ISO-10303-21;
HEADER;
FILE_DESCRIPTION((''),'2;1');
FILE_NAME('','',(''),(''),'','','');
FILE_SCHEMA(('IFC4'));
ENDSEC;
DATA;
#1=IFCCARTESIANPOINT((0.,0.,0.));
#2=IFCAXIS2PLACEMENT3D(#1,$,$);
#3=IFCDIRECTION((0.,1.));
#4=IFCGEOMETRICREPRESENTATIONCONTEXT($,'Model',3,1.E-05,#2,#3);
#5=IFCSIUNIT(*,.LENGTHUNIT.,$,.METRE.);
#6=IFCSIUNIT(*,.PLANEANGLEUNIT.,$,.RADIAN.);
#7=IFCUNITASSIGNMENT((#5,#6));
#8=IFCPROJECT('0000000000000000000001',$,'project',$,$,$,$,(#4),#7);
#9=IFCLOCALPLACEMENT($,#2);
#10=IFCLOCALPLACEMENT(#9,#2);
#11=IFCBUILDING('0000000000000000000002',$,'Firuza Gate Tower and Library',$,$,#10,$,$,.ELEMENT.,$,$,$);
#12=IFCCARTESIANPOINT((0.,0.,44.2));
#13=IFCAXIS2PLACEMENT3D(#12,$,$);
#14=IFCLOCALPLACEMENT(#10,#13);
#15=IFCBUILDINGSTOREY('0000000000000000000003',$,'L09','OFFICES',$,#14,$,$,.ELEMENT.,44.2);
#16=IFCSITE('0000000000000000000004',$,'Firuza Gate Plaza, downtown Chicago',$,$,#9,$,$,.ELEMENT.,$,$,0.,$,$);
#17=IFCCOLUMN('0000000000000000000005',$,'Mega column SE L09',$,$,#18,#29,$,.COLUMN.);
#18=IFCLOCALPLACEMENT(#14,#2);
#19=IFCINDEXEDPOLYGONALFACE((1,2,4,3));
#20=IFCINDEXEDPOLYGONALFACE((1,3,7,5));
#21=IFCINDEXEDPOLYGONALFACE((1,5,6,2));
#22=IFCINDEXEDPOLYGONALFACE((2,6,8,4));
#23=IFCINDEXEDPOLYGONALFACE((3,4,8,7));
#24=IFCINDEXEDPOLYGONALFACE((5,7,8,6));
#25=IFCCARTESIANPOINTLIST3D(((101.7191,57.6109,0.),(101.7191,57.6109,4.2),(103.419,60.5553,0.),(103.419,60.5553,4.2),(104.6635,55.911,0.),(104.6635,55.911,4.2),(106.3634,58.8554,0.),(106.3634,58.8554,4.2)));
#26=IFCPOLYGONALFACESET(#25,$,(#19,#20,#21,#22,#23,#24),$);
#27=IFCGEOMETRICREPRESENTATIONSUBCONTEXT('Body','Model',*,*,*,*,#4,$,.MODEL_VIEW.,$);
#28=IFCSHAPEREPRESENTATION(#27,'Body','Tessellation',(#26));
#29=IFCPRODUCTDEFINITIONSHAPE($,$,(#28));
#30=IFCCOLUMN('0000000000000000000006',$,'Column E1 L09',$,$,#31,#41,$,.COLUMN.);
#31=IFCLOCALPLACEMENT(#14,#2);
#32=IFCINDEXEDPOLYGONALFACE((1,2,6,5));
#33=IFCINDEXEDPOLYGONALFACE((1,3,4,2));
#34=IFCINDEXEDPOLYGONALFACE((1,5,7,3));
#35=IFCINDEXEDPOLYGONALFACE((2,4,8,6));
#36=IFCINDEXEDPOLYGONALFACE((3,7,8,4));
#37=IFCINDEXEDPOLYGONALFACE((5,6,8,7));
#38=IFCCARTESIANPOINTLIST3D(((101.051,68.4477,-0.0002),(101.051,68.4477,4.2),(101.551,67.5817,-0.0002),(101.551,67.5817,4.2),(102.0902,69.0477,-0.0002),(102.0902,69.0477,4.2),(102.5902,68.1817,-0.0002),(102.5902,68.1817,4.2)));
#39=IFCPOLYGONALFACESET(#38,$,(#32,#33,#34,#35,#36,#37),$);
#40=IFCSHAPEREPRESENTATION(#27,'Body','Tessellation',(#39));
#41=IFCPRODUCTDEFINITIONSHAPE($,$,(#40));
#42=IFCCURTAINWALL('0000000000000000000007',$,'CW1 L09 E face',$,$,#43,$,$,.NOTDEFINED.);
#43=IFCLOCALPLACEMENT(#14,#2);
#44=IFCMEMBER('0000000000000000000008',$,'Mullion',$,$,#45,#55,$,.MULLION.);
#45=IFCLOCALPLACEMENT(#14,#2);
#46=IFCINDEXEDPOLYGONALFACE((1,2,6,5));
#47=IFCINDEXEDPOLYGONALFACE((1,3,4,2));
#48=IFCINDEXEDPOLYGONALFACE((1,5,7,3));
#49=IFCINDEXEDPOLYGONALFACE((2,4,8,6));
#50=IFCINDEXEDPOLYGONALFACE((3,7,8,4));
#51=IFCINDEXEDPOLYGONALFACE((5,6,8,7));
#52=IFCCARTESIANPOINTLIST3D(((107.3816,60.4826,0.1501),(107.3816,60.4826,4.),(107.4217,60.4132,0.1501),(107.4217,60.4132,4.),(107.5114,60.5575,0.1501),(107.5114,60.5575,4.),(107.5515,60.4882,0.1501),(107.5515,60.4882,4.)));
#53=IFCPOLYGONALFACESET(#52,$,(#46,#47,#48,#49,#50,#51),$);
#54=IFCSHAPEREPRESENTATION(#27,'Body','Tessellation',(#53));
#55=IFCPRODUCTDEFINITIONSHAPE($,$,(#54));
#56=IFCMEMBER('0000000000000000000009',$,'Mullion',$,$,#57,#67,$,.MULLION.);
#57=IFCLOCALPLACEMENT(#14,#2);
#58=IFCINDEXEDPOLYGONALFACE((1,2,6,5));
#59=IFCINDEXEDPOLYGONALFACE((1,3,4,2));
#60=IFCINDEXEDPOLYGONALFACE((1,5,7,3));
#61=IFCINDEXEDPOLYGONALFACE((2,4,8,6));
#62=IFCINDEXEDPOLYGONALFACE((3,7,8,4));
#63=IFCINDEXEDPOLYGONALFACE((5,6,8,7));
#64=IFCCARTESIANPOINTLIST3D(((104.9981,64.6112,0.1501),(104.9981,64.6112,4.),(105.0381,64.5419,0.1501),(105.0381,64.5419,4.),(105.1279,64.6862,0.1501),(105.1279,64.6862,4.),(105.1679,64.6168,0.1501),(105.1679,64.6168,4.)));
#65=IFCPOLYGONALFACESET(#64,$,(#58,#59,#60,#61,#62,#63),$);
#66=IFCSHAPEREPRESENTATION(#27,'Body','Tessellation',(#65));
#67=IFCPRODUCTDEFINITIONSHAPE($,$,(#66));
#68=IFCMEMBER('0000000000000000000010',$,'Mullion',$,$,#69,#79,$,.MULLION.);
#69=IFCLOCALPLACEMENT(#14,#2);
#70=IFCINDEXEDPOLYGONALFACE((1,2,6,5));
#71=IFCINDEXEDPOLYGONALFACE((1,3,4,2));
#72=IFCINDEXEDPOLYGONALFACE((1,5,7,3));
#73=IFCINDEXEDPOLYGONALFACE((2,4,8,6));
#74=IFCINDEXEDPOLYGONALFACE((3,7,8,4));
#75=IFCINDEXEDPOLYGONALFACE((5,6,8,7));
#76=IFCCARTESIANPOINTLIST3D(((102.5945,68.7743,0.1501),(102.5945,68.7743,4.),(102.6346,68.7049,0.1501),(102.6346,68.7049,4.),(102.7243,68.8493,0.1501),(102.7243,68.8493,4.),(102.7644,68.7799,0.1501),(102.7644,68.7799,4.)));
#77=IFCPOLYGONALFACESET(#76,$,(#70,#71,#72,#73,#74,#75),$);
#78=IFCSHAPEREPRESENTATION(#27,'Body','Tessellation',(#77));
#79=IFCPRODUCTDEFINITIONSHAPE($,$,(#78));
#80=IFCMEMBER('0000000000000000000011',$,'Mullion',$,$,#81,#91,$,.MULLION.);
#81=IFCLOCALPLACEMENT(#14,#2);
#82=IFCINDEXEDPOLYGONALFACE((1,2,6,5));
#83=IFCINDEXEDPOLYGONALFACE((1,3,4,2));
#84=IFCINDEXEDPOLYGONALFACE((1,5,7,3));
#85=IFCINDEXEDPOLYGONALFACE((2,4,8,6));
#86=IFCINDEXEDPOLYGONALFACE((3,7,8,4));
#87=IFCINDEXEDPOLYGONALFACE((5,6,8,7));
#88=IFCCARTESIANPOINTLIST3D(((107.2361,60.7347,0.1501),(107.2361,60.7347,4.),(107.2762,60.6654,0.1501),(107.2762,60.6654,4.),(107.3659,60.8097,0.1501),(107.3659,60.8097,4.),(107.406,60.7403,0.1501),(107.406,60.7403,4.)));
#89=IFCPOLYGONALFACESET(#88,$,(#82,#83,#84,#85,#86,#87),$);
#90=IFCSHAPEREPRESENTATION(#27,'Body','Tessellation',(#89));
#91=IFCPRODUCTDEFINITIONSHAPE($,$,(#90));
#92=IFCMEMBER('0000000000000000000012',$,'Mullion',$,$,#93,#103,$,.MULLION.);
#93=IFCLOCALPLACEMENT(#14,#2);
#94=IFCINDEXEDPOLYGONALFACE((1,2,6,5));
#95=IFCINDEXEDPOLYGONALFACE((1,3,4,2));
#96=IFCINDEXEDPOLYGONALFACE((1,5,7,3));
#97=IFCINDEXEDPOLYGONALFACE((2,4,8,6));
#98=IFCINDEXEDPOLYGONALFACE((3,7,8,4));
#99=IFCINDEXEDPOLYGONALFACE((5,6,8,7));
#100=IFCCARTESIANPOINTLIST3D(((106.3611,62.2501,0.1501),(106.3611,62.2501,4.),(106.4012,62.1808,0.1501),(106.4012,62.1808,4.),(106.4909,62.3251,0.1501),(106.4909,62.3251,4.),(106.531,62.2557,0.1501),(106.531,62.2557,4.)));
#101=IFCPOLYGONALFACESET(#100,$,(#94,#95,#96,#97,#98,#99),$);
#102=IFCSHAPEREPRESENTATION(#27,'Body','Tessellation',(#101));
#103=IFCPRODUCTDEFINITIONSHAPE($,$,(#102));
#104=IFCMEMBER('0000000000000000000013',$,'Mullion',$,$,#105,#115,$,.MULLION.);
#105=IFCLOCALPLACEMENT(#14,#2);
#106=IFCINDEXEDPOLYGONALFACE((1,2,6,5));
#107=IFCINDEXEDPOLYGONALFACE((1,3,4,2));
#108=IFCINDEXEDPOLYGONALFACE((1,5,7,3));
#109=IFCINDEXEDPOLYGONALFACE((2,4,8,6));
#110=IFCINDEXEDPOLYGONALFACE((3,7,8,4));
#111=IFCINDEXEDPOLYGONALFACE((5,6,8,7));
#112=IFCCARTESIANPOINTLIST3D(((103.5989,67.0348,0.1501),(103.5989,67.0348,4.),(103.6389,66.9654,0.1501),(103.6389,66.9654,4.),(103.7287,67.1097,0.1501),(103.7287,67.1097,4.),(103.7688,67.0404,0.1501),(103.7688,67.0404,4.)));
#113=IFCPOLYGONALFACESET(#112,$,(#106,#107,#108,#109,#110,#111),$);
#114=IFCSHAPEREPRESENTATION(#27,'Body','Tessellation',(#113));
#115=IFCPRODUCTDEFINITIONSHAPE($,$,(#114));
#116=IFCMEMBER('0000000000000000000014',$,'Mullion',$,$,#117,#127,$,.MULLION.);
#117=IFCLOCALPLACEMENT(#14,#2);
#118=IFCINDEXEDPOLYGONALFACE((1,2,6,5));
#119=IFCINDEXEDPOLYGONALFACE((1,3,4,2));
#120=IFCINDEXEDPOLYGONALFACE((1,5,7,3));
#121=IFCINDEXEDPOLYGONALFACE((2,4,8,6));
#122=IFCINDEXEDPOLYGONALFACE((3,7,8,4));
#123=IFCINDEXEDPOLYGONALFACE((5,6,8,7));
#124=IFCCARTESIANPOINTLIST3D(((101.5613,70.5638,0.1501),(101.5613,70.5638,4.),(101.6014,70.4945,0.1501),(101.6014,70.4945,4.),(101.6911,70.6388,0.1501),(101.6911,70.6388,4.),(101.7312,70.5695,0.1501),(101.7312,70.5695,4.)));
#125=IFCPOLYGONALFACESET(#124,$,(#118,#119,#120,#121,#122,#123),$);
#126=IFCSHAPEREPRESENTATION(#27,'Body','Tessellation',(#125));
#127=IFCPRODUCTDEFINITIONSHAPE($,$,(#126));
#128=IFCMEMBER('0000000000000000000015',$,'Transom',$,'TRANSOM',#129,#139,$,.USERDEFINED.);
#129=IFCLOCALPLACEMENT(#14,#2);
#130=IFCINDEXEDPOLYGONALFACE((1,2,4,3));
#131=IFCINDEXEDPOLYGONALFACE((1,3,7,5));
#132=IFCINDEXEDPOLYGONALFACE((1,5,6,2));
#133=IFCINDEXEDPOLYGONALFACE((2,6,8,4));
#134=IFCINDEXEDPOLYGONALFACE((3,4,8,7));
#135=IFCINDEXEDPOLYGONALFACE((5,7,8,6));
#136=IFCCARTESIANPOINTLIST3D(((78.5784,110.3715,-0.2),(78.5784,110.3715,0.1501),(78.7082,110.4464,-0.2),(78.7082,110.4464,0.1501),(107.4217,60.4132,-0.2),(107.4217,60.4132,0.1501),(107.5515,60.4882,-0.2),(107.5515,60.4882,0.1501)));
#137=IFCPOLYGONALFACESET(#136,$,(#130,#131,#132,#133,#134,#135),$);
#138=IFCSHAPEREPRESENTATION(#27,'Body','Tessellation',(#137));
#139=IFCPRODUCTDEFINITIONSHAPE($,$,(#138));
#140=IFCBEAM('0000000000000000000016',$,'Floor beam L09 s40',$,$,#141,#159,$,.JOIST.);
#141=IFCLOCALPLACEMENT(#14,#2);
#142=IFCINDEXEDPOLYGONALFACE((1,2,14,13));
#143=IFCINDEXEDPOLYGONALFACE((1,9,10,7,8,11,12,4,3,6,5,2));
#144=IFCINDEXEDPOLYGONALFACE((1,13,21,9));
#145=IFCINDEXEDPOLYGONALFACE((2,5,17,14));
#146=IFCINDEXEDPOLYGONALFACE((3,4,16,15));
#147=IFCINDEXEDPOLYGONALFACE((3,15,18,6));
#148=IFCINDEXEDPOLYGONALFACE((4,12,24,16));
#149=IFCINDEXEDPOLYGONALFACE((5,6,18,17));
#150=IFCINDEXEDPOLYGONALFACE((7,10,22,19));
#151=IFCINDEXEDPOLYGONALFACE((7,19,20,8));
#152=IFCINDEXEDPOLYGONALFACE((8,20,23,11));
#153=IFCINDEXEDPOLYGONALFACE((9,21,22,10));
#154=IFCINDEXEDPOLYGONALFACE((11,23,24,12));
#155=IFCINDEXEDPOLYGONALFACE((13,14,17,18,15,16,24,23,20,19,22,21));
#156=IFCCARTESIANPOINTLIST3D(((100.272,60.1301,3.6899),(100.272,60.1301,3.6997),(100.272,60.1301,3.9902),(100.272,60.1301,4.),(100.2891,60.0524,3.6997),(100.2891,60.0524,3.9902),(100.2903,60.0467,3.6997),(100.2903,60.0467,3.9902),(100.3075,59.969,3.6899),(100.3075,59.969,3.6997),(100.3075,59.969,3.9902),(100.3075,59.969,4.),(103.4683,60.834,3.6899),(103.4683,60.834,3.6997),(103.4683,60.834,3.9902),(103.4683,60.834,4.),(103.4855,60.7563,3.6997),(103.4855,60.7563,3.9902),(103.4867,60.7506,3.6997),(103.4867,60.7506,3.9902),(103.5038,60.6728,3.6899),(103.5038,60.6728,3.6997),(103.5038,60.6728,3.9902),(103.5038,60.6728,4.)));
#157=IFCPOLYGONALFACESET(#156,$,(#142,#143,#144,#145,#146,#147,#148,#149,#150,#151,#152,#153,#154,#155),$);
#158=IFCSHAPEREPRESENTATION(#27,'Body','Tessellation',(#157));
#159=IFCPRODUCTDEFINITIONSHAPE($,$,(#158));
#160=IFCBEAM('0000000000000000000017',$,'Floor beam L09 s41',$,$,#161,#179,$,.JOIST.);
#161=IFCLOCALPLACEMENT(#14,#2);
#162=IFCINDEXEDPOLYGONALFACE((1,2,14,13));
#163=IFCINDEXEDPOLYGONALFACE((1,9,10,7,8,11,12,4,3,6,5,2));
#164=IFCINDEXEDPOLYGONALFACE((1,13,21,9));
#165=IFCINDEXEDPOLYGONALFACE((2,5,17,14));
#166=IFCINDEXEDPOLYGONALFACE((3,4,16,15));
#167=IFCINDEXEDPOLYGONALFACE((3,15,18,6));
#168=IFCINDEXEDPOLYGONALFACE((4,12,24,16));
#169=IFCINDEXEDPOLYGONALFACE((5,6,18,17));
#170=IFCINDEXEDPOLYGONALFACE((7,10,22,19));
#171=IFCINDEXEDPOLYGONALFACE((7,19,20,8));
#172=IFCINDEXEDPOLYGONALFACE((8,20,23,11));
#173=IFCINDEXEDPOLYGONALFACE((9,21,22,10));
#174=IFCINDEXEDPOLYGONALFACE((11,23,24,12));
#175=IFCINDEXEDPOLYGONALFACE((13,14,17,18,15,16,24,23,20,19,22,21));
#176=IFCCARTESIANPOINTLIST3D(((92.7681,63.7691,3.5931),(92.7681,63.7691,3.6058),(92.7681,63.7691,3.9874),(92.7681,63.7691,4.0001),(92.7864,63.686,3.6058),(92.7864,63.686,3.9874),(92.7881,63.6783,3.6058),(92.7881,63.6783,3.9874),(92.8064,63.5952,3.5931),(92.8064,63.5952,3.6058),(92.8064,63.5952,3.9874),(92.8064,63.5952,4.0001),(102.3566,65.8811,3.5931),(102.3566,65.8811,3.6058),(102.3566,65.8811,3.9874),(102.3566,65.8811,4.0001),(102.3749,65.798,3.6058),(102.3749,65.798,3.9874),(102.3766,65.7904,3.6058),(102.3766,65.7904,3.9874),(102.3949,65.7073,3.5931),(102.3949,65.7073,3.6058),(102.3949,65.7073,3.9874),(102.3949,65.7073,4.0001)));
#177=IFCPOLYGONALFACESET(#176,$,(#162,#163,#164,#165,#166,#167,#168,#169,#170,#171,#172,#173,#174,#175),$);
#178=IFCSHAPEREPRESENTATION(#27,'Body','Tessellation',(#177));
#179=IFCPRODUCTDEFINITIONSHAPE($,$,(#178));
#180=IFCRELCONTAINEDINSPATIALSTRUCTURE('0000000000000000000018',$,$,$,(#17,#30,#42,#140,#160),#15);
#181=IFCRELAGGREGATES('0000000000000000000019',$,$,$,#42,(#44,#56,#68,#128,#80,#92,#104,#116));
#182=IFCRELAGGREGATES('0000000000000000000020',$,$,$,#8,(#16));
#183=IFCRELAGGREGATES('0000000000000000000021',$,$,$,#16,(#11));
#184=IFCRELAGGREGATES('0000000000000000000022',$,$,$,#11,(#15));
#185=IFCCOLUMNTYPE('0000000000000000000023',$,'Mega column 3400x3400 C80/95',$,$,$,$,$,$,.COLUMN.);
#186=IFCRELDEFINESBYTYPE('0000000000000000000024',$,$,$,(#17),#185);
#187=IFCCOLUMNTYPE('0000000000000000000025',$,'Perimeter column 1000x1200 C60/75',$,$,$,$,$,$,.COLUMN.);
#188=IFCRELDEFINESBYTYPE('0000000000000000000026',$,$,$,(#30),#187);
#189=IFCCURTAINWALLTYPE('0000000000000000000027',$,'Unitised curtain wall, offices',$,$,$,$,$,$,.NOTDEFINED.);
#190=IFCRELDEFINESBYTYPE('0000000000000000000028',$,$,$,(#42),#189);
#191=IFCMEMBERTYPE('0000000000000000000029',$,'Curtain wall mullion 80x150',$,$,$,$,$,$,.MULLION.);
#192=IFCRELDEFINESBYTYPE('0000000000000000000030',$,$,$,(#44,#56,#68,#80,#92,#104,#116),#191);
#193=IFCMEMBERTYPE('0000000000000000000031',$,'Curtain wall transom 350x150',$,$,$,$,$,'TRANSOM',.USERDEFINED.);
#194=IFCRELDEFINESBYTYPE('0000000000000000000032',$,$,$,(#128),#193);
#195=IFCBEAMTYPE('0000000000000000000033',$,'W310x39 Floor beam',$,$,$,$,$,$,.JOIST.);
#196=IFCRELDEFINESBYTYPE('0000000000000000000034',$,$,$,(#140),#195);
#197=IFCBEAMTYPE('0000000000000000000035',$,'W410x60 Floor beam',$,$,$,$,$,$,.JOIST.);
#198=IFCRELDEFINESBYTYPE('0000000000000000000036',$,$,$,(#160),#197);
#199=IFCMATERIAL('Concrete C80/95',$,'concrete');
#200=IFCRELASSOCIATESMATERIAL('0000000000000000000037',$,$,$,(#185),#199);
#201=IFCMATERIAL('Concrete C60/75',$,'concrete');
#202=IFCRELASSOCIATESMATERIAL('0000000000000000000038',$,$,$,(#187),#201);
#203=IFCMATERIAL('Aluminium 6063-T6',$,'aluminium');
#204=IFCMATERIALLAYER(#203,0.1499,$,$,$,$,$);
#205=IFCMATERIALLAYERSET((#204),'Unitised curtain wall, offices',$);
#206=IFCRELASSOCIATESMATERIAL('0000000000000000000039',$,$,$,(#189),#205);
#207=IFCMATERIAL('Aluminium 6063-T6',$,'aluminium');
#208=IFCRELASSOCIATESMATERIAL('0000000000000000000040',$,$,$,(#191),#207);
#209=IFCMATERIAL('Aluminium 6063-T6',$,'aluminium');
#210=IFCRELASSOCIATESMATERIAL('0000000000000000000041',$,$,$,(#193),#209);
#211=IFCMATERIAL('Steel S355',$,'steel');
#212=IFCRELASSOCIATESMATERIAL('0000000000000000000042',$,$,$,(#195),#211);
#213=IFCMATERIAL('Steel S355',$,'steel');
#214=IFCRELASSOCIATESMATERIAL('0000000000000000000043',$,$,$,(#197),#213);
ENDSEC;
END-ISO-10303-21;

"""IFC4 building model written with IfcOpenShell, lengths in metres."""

from ifc_helpers import new_model, si_unit, direction, frame, origin, origin_2d, place, context, subcontext, project, spatial, rectangle, i_section, extrude, material, layer, layer_set, material_profile, profile_set, type_object, element, aggregate, save


model = new_model("IFC4")

# Units and contexts
model_context = context("Model", 3, precision=1e-05, world=origin(), true_north=direction((0.0, 1.0)))
body_context = subcontext(model_context, "Body", "Model", "MODEL_VIEW")
ifc_project = project(units=[si_unit("LENGTHUNIT", "METRE"), si_unit("PLANEANGLEUNIT", "RADIAN")], contexts=[model_context])

# Site, building, storey
site_placement = place(None, origin())
site = spatial("IfcSite", under=ifc_project, at=site_placement, Name="Firuza Gate Plaza, downtown Chicago", CompositionType="ELEMENT", RefElevation=0.0)
building_placement = place(site_placement, origin())
building = spatial("IfcBuilding", under=site, at=building_placement, Name="Firuza Gate Tower and Library", CompositionType="ELEMENT")
storey_placement = place(building_placement, frame((0.0, 0.0, 44.2)))
storey = spatial("IfcBuildingStorey", under=building, at=storey_placement, Name="L09", Description="OFFICES", CompositionType="ELEMENT", Elevation=44.2)

# Columns
ifc_material_1 = material(Name="Concrete C80/95", Category="concrete")
ifc_material_profile_1 = material_profile(ifc_material_1, rectangle(XDim=3.3999, YDim=3.3999, at=origin_2d()))
ifc_profile_set_1 = profile_set([ifc_material_profile_1], Name="Concrete C80/95")
column_type_1 = type_object("IfcColumnType", Name="Mega column 3400x3400 C80/95", PredefinedType="COLUMN", material=ifc_profile_set_1)
column_1_placement = place(storey_placement, frame((104.0413, 58.2332, 0.0), z_axis=(0.0, 0.0, 1.0), x_axis=(0.5, 0.866025, 0.0)))
element("IfcColumn", 1, at=column_1_placement, inside=storey, type_object=column_type_1, Name="Mega column SE L09", PredefinedType="COLUMN", context=body_context, shape_type="SweptSolid", body=[
    extrude(rectangle(XDim=3.3999, YDim=3.3999, at=origin_2d()), origin(), (0.0, 0.0, 1.0), 4.2),
])
ifc_material_2 = material(Name="Concrete C60/75", Category="concrete")
ifc_material_profile_2 = material_profile(ifc_material_2, rectangle(XDim=1.0, YDim=1.2, at=origin_2d()))
ifc_profile_set_2 = profile_set([ifc_material_profile_2], Name="Concrete C60/75")
column_type_2 = type_object("IfcColumnType", Name="Perimeter column 1000x1200 C60/75", PredefinedType="COLUMN", material=ifc_profile_set_2)
column_2_placement = place(storey_placement, frame((101.8206, 68.3147, -0.0002), z_axis=(0.0, 0.0, 1.0), x_axis=(-0.5, 0.866025, 0.0)))
element("IfcColumn", 2, at=column_2_placement, inside=storey, type_object=column_type_2, Name="Column E1 L09", PredefinedType="COLUMN", context=body_context, shape_type="SweptSolid", body=[
    extrude(rectangle(XDim=1.0, YDim=1.2, at=origin_2d()), origin(), (0.0, 0.0, 1.0), 4.2002),
])

# Curtain wall, members
ifc_material_3 = material(Name="Aluminium 6063-T6", Category="aluminium")
ifc_layer_1 = layer(ifc_material_3, 0.1499)
ifc_layer_set_1 = layer_set([ifc_layer_1], Name="Unitised curtain wall, offices")
curtain_wall_type = type_object("IfcCurtainWallType", Name="Unitised curtain wall, offices", PredefinedType="NOTDEFINED", material=ifc_layer_set_1)
curtain_wall_placement = place(storey_placement, origin())
curtain_wall = element("IfcCurtainWall", 3, at=curtain_wall_placement, inside=storey, type_object=curtain_wall_type, Name="CW1 L09 E face", PredefinedType="NOTDEFINED")
ifc_material_4 = material(Name="Aluminium 6063-T6", Category="aluminium")
ifc_material_profile_3 = material_profile(ifc_material_4, rectangle(XDim=0.1499, YDim=0.0801, at=origin_2d()))
ifc_profile_set_3 = profile_set([ifc_material_profile_3], Name="Aluminium 6063-T6")
member_type_1 = type_object("IfcMemberType", Name="Curtain wall mullion 80x150", PredefinedType="MULLION", material=ifc_profile_set_3)
member_1_placement = place(storey_placement, frame((107.4666, 60.4854, 0.1501), z_axis=(0.0, 0.0, 1.0), x_axis=(-0.866025, -0.5, 0.0)))
member_1 = element("IfcMember", 4, at=member_1_placement, type_object=member_type_1, Name="Mullion", PredefinedType="MULLION", context=body_context, shape_type="SweptSolid", body=[
    extrude(rectangle(XDim=0.1499, YDim=0.0801, at=origin_2d()), origin(), (0.0, 0.0, 1.0), 3.8499),
])
member_2_placement = place(storey_placement, frame((105.083, 64.614, 0.1501), z_axis=(0.0, 0.0, 1.0), x_axis=(-0.866025, -0.5, 0.0)))
member_2 = element("IfcMember", 5, at=member_2_placement, type_object=member_type_1, Name="Mullion", PredefinedType="MULLION", context=body_context, shape_type="SweptSolid", body=[
    extrude(rectangle(XDim=0.1499, YDim=0.0801, at=origin_2d()), origin(), (0.0, 0.0, 1.0), 3.8499),
])
member_3_placement = place(storey_placement, frame((102.6794, 68.7771, 0.1501), z_axis=(0.0, 0.0, 1.0), x_axis=(-0.866025, -0.5, 0.0)))
member_3 = element("IfcMember", 6, at=member_3_placement, type_object=member_type_1, Name="Mullion", PredefinedType="MULLION", context=body_context, shape_type="SweptSolid", body=[
    extrude(rectangle(XDim=0.1499, YDim=0.0801, at=origin_2d()), origin(), (0.0, 0.0, 1.0), 3.8499),
])
member_4_placement = place(storey_placement, frame((107.321, 60.7375, 0.1501), z_axis=(0.0, 0.0, 1.0), x_axis=(-0.866025, -0.5, 0.0)))
member_4 = element("IfcMember", 7, at=member_4_placement, type_object=member_type_1, Name="Mullion", PredefinedType="MULLION", context=body_context, shape_type="SweptSolid", body=[
    extrude(rectangle(XDim=0.1499, YDim=0.0801, at=origin_2d()), origin(), (0.0, 0.0, 1.0), 3.8499),
])
member_5_placement = place(storey_placement, frame((106.446, 62.2529, 0.1501), z_axis=(0.0, 0.0, 1.0), x_axis=(-0.866025, -0.5, 0.0)))
member_5 = element("IfcMember", 8, at=member_5_placement, type_object=member_type_1, Name="Mullion", PredefinedType="MULLION", context=body_context, shape_type="SweptSolid", body=[
    extrude(rectangle(XDim=0.1499, YDim=0.0801, at=origin_2d()), origin(), (0.0, 0.0, 1.0), 3.8499),
])
member_6_placement = place(storey_placement, frame((103.6838, 67.0376, 0.1501), z_axis=(0.0, 0.0, 1.0), x_axis=(-0.866025, -0.5, 0.0)))
member_6 = element("IfcMember", 9, at=member_6_placement, type_object=member_type_1, Name="Mullion", PredefinedType="MULLION", context=body_context, shape_type="SweptSolid", body=[
    extrude(rectangle(XDim=0.1499, YDim=0.0801, at=origin_2d()), origin(), (0.0, 0.0, 1.0), 3.8499),
])
member_7_placement = place(storey_placement, frame((101.6462, 70.5667, 0.1501), z_axis=(0.0, 0.0, 1.0), x_axis=(-0.866025, -0.5, 0.0)))
member_7 = element("IfcMember", 10, at=member_7_placement, type_object=member_type_1, Name="Mullion", PredefinedType="MULLION", context=body_context, shape_type="SweptSolid", body=[
    extrude(rectangle(XDim=0.1499, YDim=0.0801, at=origin_2d()), origin(), (0.0, 0.0, 1.0), 3.8499),
])
ifc_material_5 = material(Name="Aluminium 6063-T6", Category="aluminium")
ifc_material_profile_4 = material_profile(ifc_material_5, rectangle(XDim=0.1499, YDim=0.3501, at=origin_2d()))
ifc_profile_set_4 = profile_set([ifc_material_profile_4], Name="Aluminium 6063-T6")
member_type_2 = type_object("IfcMemberType", Name="Curtain wall transom 350x150", ElementType="TRANSOM", PredefinedType="USERDEFINED", material=ifc_profile_set_4)
member_8_placement = place(storey_placement, frame((107.4866, 60.4507, -0.0249), z_axis=(-0.499998, 0.866027, 0.0), x_axis=(-0.866027, -0.499998, 0.0)))
member_8 = element("IfcMember", 11, at=member_8_placement, type_object=member_type_2, Name="Transom", ObjectType="TRANSOM", PredefinedType="USERDEFINED", context=body_context, shape_type="SweptSolid", body=[
    extrude(rectangle(XDim=0.1499, YDim=0.3501, at=origin_2d()), origin(), (0.0, 0.0, 1.0), 57.6868),
])

# Beams
ifc_material_6 = material(Name="Steel S355", Category="steel")
ifc_material_profile_5 = material_profile(ifc_material_6, i_section(OverallWidth=0.165, OverallDepth=0.3101, WebThickness=0.0059, FlangeThickness=0.0098, at=origin_2d()))
ifc_profile_set_5 = profile_set([ifc_material_profile_5], Name="Steel S355")
beam_type_1 = type_object("IfcBeamType", Name="W310x39 Floor beam", PredefinedType="JOIST", material=ifc_profile_set_5)
beam_1_placement = place(storey_placement, frame((103.4861, 60.7534, 3.845), z_axis=(-0.976601, -0.215058, 0.0), x_axis=(0.215058, -0.976601, 0.0)))
element("IfcBeam", 12, at=beam_1_placement, inside=storey, type_object=beam_type_1, Name="Floor beam L09 s40", PredefinedType="JOIST", context=body_context, shape_type="SweptSolid", body=[
    extrude(i_section(OverallWidth=0.165, OverallDepth=0.3101, WebThickness=0.0059, FlangeThickness=0.0098, at=origin_2d()), origin(), (0.0, 0.0, 1.0), 3.2729),
])
ifc_material_7 = material(Name="Steel S355", Category="steel")
ifc_material_profile_6 = material_profile(ifc_material_7, i_section(OverallWidth=0.178, OverallDepth=0.407, WebThickness=0.0078, FlangeThickness=0.0127, at=origin_2d()))
ifc_profile_set_6 = profile_set([ifc_material_profile_6], Name="Steel S355")
beam_type_2 = type_object("IfcBeamType", Name="W410x60 Floor beam", PredefinedType="JOIST", material=ifc_profile_set_6)
beam_2_placement = place(storey_placement, frame((102.3757, 65.7942, 3.7966), z_axis=(-0.97659, -0.215111, 0.0), x_axis=(0.215111, -0.97659, 0.0)))
element("IfcBeam", 13, at=beam_2_placement, inside=storey, type_object=beam_type_2, Name="Floor beam L09 s41", PredefinedType="JOIST", context=body_context, shape_type="SweptSolid", body=[
    extrude(i_section(OverallWidth=0.178, OverallDepth=0.407, WebThickness=0.0078, FlangeThickness=0.0127, at=origin_2d()), origin(), (0.0, 0.0, 1.0), 9.8184),
])

aggregate(curtain_wall, [member_1, member_2, member_3, member_8, member_4, member_5, member_6, member_7])

save(model, "model.ifc")
